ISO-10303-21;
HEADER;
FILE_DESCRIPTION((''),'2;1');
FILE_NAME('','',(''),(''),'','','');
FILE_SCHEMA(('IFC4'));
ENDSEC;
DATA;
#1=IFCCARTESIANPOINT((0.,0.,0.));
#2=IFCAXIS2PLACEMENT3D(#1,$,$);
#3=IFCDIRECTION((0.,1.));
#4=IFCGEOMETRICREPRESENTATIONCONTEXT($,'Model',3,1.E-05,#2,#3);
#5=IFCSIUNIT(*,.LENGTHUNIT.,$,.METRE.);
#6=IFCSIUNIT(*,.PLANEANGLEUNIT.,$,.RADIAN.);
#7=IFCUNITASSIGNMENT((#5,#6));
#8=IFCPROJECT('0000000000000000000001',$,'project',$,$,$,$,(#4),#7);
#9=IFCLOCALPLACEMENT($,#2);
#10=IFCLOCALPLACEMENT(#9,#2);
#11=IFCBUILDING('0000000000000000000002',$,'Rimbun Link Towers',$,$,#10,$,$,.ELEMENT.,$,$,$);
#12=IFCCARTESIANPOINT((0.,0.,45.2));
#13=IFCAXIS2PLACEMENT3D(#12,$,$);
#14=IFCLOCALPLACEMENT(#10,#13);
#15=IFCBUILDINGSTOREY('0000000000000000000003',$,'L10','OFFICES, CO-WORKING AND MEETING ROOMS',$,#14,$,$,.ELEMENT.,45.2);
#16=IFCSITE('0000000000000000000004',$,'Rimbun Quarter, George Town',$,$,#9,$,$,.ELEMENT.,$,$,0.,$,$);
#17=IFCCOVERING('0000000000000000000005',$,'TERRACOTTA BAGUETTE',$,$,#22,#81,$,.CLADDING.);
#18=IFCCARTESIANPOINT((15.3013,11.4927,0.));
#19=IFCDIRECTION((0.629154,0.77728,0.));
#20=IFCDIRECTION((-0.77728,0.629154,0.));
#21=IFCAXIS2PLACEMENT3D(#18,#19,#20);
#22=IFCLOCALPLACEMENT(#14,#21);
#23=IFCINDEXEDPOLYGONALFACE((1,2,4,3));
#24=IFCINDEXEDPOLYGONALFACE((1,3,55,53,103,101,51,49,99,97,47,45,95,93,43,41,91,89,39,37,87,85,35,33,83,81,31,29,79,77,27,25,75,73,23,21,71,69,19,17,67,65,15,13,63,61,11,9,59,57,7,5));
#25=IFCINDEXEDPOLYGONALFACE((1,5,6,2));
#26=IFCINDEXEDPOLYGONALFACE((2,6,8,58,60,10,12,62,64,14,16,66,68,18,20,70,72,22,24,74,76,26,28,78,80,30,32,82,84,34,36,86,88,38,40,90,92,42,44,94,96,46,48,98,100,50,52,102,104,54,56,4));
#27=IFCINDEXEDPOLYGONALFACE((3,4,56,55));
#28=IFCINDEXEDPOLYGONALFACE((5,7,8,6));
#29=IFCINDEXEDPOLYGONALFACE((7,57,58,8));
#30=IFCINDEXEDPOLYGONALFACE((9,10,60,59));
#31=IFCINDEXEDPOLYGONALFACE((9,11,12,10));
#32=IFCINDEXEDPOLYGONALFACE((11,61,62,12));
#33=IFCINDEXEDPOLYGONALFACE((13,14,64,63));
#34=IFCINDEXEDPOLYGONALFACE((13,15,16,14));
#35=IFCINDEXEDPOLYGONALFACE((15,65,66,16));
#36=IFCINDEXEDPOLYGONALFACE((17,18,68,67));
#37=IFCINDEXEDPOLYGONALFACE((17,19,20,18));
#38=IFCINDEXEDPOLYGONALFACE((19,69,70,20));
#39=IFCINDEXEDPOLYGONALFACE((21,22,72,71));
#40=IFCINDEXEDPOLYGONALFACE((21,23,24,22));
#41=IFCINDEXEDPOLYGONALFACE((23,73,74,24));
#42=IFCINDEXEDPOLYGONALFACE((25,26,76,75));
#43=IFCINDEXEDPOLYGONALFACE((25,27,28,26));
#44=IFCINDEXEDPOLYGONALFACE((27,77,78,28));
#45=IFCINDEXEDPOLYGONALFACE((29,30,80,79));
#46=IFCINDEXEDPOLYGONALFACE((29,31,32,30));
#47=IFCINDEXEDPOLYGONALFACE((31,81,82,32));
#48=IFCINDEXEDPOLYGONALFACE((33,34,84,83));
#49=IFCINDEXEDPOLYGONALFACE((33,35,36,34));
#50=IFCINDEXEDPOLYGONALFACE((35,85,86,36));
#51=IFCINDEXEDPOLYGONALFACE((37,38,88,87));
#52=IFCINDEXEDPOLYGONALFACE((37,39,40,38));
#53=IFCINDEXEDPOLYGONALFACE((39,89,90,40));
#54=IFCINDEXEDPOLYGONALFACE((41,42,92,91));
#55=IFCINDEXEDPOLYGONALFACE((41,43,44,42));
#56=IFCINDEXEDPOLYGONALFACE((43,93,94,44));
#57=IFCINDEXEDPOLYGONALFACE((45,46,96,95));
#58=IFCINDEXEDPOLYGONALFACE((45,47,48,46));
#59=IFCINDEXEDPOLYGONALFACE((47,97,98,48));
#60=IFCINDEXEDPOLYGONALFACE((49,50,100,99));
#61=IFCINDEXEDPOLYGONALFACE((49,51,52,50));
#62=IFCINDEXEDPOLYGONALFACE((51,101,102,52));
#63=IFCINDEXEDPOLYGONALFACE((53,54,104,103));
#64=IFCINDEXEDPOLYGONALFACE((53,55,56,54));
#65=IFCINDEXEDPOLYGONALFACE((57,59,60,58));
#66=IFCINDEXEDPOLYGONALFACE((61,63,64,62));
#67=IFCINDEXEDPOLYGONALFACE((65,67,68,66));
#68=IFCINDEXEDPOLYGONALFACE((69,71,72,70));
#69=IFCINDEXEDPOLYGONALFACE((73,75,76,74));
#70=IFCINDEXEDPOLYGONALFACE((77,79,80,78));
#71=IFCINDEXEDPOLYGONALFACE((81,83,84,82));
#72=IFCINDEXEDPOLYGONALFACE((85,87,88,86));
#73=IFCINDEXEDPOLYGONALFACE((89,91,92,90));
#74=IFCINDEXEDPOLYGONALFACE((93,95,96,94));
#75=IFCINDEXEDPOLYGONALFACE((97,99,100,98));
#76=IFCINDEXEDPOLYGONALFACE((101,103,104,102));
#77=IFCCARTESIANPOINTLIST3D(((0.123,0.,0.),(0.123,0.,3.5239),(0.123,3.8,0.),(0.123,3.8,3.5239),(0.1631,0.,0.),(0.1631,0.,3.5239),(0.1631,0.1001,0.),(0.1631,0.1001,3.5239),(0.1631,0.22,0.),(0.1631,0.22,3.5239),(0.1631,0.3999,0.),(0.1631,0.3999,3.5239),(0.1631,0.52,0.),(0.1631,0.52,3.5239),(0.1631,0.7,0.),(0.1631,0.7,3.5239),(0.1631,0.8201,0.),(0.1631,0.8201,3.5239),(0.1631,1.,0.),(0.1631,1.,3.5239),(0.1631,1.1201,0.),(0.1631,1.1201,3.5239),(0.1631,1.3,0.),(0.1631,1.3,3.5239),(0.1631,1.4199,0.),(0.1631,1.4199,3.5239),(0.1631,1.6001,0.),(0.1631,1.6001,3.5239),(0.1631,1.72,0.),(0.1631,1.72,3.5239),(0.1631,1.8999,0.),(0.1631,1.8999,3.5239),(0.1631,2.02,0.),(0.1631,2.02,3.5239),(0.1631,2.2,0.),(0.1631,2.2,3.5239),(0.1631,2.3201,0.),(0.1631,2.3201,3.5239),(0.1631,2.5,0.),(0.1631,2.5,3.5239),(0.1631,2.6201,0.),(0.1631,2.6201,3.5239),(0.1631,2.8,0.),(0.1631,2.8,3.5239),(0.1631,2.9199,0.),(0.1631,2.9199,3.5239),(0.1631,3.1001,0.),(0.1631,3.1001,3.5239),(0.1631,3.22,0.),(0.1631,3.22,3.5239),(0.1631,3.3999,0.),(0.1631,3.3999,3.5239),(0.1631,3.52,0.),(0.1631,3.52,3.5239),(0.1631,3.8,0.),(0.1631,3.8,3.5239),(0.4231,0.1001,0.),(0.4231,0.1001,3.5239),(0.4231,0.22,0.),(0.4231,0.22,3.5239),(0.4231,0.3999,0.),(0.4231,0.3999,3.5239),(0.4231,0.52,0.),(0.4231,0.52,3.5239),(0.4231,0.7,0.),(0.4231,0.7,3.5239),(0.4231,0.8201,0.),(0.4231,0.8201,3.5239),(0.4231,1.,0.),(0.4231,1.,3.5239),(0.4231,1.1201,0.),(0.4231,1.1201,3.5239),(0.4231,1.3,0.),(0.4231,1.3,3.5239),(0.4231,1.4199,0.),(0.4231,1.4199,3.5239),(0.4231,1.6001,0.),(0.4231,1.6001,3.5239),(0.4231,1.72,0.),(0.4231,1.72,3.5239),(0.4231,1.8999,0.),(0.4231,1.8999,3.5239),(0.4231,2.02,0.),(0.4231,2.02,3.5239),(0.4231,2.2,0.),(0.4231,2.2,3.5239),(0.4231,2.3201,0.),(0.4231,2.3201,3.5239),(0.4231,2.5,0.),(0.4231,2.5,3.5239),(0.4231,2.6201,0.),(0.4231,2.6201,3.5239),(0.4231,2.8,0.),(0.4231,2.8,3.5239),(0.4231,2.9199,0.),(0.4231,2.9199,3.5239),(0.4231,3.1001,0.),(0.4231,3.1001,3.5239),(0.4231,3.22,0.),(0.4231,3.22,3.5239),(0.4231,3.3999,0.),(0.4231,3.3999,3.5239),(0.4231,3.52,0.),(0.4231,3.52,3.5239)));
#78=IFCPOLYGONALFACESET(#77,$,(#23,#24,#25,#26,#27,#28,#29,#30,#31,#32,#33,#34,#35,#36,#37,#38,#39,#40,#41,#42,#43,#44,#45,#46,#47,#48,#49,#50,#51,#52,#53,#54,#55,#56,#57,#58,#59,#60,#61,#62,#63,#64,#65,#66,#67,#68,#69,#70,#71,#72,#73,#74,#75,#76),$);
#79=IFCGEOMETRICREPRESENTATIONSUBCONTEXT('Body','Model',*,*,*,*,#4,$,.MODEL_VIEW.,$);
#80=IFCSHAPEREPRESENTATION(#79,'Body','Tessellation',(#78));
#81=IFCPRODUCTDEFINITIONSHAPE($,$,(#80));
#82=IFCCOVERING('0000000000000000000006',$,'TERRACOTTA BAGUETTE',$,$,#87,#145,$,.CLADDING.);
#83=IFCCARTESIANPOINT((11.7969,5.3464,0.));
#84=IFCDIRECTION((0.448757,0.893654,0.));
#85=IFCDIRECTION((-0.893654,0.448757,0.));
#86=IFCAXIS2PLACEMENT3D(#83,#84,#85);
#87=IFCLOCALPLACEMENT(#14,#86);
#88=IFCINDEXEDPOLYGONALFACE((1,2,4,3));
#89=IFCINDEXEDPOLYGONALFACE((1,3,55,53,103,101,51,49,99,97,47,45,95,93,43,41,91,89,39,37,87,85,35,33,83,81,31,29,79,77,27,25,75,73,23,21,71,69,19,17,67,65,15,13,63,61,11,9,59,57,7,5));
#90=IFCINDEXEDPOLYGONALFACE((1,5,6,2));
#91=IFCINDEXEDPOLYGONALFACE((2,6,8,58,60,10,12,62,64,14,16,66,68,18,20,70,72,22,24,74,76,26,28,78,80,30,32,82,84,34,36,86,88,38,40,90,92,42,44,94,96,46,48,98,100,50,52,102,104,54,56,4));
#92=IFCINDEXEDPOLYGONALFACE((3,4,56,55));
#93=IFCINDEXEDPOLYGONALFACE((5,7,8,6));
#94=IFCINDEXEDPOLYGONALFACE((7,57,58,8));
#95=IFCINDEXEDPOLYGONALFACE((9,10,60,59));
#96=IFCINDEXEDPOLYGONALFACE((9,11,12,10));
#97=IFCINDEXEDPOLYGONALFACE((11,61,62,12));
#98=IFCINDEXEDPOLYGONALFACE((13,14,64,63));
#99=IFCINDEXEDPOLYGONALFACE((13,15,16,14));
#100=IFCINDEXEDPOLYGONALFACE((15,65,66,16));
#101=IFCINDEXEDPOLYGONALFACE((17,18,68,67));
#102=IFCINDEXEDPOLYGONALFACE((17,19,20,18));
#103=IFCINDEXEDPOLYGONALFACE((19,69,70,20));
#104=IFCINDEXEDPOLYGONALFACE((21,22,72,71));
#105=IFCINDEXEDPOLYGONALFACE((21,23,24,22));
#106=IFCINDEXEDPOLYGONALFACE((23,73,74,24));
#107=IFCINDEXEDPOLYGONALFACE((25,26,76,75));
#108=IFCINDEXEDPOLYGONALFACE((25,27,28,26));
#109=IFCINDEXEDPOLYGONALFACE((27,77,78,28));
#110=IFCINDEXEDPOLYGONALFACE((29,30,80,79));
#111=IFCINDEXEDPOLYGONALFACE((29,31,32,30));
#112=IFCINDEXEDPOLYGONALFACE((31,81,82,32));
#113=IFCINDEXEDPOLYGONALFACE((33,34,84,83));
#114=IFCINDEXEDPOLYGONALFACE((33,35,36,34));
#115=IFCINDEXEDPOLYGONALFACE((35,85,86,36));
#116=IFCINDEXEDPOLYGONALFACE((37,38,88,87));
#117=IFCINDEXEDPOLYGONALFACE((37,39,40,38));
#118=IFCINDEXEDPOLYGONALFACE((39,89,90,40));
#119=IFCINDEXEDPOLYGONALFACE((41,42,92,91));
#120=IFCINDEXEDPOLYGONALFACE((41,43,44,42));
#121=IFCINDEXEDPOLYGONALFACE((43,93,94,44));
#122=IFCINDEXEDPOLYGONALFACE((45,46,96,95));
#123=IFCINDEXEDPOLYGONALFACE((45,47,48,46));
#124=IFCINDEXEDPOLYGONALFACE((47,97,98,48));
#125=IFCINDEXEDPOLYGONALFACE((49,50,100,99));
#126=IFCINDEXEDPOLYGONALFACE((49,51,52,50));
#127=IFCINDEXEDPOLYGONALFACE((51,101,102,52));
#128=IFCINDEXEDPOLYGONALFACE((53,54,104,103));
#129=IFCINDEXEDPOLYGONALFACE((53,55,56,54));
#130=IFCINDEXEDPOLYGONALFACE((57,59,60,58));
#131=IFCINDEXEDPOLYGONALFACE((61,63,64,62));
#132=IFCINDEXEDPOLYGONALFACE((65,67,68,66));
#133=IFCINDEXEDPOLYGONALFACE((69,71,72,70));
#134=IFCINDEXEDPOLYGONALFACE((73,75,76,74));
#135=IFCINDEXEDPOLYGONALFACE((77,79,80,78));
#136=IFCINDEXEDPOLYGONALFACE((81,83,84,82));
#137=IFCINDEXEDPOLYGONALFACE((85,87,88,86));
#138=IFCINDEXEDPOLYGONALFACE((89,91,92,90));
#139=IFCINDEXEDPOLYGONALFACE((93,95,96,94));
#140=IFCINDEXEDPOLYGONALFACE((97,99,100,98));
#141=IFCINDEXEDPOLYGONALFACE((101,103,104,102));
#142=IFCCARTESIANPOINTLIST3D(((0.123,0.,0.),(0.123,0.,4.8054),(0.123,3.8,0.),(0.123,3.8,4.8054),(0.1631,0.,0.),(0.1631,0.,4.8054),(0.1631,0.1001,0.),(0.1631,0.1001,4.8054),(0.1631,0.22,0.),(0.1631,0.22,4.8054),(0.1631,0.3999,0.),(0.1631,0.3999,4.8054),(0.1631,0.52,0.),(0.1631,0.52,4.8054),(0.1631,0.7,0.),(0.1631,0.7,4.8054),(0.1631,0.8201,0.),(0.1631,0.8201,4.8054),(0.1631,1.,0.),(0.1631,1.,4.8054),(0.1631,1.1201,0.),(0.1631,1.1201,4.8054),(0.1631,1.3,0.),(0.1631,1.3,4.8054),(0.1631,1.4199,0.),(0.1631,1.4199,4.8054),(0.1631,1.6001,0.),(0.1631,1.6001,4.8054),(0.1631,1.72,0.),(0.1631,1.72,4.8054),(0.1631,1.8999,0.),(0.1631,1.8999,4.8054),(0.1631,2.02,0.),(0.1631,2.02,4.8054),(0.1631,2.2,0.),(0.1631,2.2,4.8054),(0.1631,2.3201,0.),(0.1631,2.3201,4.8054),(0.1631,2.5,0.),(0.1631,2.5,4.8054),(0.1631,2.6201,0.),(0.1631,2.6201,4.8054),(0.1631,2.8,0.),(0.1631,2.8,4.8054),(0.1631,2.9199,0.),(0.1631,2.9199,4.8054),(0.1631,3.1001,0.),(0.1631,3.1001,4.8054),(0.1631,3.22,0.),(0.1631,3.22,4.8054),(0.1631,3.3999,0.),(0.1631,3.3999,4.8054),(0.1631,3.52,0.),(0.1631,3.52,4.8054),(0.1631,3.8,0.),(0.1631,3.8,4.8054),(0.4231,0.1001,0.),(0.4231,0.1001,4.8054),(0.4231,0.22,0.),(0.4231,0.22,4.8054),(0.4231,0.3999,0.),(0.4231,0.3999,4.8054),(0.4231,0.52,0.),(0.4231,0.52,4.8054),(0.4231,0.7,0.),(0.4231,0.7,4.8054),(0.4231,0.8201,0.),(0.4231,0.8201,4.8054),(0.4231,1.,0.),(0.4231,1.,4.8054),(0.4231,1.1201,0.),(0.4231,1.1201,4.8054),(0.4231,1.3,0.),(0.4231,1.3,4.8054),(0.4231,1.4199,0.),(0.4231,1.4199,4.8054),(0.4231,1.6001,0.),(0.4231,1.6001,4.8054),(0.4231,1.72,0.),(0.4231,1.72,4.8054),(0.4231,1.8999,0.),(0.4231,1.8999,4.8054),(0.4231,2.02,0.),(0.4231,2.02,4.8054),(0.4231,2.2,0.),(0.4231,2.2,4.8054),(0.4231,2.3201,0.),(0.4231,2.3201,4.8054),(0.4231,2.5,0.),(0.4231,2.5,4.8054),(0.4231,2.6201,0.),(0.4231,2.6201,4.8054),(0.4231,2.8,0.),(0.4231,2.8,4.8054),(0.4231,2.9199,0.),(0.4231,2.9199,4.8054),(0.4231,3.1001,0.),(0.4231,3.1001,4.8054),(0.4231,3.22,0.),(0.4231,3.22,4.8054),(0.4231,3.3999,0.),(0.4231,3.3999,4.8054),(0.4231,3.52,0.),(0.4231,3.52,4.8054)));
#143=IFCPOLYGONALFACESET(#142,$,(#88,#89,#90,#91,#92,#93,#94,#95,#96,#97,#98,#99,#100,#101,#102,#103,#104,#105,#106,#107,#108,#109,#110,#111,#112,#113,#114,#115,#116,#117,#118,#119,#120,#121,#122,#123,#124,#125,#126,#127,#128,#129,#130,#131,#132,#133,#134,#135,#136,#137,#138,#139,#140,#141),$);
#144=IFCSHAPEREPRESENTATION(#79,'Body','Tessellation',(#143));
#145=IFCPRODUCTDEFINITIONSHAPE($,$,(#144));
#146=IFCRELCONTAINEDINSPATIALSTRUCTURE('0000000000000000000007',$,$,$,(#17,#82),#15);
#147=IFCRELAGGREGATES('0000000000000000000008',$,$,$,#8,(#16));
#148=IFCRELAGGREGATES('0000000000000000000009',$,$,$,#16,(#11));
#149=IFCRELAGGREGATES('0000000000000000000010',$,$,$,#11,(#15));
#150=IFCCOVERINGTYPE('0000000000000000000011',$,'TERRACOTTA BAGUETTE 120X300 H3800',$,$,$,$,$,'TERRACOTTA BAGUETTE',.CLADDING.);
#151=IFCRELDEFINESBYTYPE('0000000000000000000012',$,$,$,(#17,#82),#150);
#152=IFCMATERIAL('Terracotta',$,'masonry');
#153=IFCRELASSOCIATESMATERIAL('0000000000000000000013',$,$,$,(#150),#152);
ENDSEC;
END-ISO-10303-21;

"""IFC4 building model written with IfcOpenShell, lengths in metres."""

from ifc_helpers import new_model, si_unit, direction, frame, origin, place, context, subcontext, project, spatial, polyline, outline, extrude, material, material_profile, profile_set, type_object, element, save


model = new_model("IFC4")

# Units and contexts
model_context = context("Model", 3, precision=1e-05, world=origin(), true_north=direction((0.0, 1.0)))
body_context = subcontext(model_context, "Body", "Model", "MODEL_VIEW")
ifc_project = project(units=[si_unit("LENGTHUNIT", "METRE"), si_unit("PLANEANGLEUNIT", "RADIAN")], contexts=[model_context])

# Site, building, storey
site_placement = place(None, origin())
site = spatial("IfcSite", under=ifc_project, at=site_placement, Name="Rimbun Quarter, George Town", CompositionType="ELEMENT", RefElevation=0.0)
building_placement = place(site_placement, origin())
building = spatial("IfcBuilding", under=site, at=building_placement, Name="Rimbun Link Towers", CompositionType="ELEMENT")
storey_placement = place(building_placement, frame((0.0, 0.0, 45.2)))
storey = spatial("IfcBuildingStorey", under=building, at=storey_placement, Name="L10", Description="OFFICES, CO-WORKING AND MEETING ROOMS", CompositionType="ELEMENT", Elevation=45.2)

# Coverings
ifc_material_1 = material(Name="Terracotta", Category="masonry")
ifc_material_profile_1 = material_profile(ifc_material_1, outline(polyline([(0.123, 0.0), (0.1631, 0.0), (0.1631, 0.1001), (0.4231, 0.1001), (0.4231, 0.22), (0.1631, 0.22), (0.1631, 0.3999), (0.4231, 0.3999), (0.4231, 0.52), (0.1631, 0.52), (0.1631, 0.7), (0.4231, 0.7), (0.4231, 0.8201), (0.1631, 0.8201), (0.1631, 1.0), (0.4231, 1.0), (0.4231, 1.1201), (0.1631, 1.1201), (0.1631, 1.3), (0.4231, 1.3), (0.4231, 1.4199), (0.1631, 1.4199), (0.1631, 1.6001), (0.4231, 1.6001), (0.4231, 1.72), (0.1631, 1.72), (0.1631, 1.8999), (0.4231, 1.8999), (0.4231, 2.02), (0.1631, 2.02), (0.1631, 2.2), (0.4231, 2.2), (0.4231, 2.3201), (0.1631, 2.3201), (0.1631, 2.5), (0.4231, 2.5), (0.4231, 2.6201), (0.1631, 2.6201), (0.1631, 2.8), (0.4231, 2.8), (0.4231, 2.9199), (0.1631, 2.9199), (0.1631, 3.1001), (0.4231, 3.1001), (0.4231, 3.22), (0.1631, 3.22), (0.1631, 3.3999), (0.4231, 3.3999), (0.4231, 3.52), (0.1631, 3.52), (0.1631, 3.8), (0.123, 3.8), (0.123, 0.0)])), Name="BAGUETTE 120X300")
ifc_profile_set_1 = profile_set([ifc_material_profile_1], Name="Terracotta")
covering_type_1 = type_object("IfcCoveringType", Name="TERRACOTTA BAGUETTE 120X300 H3800", ElementType="TERRACOTTA BAGUETTE", PredefinedType="CLADDING", material=ifc_profile_set_1)
covering_1_placement = place(storey_placement, frame((15.3013, 11.4927, 0.0), z_axis=(0.629154, 0.77728, 0.0), x_axis=(-0.77728, 0.629154, 0.0)))
element("IfcCovering", 1, at=covering_1_placement, inside=storey, type_object=covering_type_1, Name="TERRACOTTA BAGUETTE", PredefinedType="CLADDING", context=body_context, shape_type="SweptSolid", body=[
    extrude(outline(polyline([(0.123, 0.0), (0.1631, 0.0), (0.1631, 0.1001), (0.4231, 0.1001), (0.4231, 0.22), (0.1631, 0.22), (0.1631, 0.3999), (0.4231, 0.3999), (0.4231, 0.52), (0.1631, 0.52), (0.1631, 0.7), (0.4231, 0.7), (0.4231, 0.8201), (0.1631, 0.8201), (0.1631, 1.0), (0.4231, 1.0), (0.4231, 1.1201), (0.1631, 1.1201), (0.1631, 1.3), (0.4231, 1.3), (0.4231, 1.4199), (0.1631, 1.4199), (0.1631, 1.6001), (0.4231, 1.6001), (0.4231, 1.72), (0.1631, 1.72), (0.1631, 1.8999), (0.4231, 1.8999), (0.4231, 2.02), (0.1631, 2.02), (0.1631, 2.2), (0.4231, 2.2), (0.4231, 2.3201), (0.1631, 2.3201), (0.1631, 2.5), (0.4231, 2.5), (0.4231, 2.6201), (0.1631, 2.6201), (0.1631, 2.8), (0.4231, 2.8), (0.4231, 2.9199), (0.1631, 2.9199), (0.1631, 3.1001), (0.4231, 3.1001), (0.4231, 3.22), (0.1631, 3.22), (0.1631, 3.3999), (0.4231, 3.3999), (0.4231, 3.52), (0.1631, 3.52), (0.1631, 3.8), (0.123, 3.8), (0.123, 0.0)])), origin(), (0.0, 0.0, 1.0), 3.5239),
])
covering_2_placement = place(storey_placement, frame((11.7969, 5.3464, 0.0), z_axis=(0.448757, 0.893654, 0.0), x_axis=(-0.893654, 0.448757, 0.0)))
element("IfcCovering", 2, at=covering_2_placement, inside=storey, type_object=covering_type_1, Name="TERRACOTTA BAGUETTE", PredefinedType="CLADDING", context=body_context, shape_type="SweptSolid", body=[
    extrude(outline(polyline([(0.123, 0.0), (0.1631, 0.0), (0.1631, 0.1001), (0.4231, 0.1001), (0.4231, 0.22), (0.1631, 0.22), (0.1631, 0.3999), (0.4231, 0.3999), (0.4231, 0.52), (0.1631, 0.52), (0.1631, 0.7), (0.4231, 0.7), (0.4231, 0.8201), (0.1631, 0.8201), (0.1631, 1.0), (0.4231, 1.0), (0.4231, 1.1201), (0.1631, 1.1201), (0.1631, 1.3), (0.4231, 1.3), (0.4231, 1.4199), (0.1631, 1.4199), (0.1631, 1.6001), (0.4231, 1.6001), (0.4231, 1.72), (0.1631, 1.72), (0.1631, 1.8999), (0.4231, 1.8999), (0.4231, 2.02), (0.1631, 2.02), (0.1631, 2.2), (0.4231, 2.2), (0.4231, 2.3201), (0.1631, 2.3201), (0.1631, 2.5), (0.4231, 2.5), (0.4231, 2.6201), (0.1631, 2.6201), (0.1631, 2.8), (0.4231, 2.8), (0.4231, 2.9199), (0.1631, 2.9199), (0.1631, 3.1001), (0.4231, 3.1001), (0.4231, 3.22), (0.1631, 3.22), (0.1631, 3.3999), (0.4231, 3.3999), (0.4231, 3.52), (0.1631, 3.52), (0.1631, 3.8), (0.123, 3.8), (0.123, 0.0)])), origin(), (0.0, 0.0, 1.0), 4.8054),
])

save(model, "model.ifc")
